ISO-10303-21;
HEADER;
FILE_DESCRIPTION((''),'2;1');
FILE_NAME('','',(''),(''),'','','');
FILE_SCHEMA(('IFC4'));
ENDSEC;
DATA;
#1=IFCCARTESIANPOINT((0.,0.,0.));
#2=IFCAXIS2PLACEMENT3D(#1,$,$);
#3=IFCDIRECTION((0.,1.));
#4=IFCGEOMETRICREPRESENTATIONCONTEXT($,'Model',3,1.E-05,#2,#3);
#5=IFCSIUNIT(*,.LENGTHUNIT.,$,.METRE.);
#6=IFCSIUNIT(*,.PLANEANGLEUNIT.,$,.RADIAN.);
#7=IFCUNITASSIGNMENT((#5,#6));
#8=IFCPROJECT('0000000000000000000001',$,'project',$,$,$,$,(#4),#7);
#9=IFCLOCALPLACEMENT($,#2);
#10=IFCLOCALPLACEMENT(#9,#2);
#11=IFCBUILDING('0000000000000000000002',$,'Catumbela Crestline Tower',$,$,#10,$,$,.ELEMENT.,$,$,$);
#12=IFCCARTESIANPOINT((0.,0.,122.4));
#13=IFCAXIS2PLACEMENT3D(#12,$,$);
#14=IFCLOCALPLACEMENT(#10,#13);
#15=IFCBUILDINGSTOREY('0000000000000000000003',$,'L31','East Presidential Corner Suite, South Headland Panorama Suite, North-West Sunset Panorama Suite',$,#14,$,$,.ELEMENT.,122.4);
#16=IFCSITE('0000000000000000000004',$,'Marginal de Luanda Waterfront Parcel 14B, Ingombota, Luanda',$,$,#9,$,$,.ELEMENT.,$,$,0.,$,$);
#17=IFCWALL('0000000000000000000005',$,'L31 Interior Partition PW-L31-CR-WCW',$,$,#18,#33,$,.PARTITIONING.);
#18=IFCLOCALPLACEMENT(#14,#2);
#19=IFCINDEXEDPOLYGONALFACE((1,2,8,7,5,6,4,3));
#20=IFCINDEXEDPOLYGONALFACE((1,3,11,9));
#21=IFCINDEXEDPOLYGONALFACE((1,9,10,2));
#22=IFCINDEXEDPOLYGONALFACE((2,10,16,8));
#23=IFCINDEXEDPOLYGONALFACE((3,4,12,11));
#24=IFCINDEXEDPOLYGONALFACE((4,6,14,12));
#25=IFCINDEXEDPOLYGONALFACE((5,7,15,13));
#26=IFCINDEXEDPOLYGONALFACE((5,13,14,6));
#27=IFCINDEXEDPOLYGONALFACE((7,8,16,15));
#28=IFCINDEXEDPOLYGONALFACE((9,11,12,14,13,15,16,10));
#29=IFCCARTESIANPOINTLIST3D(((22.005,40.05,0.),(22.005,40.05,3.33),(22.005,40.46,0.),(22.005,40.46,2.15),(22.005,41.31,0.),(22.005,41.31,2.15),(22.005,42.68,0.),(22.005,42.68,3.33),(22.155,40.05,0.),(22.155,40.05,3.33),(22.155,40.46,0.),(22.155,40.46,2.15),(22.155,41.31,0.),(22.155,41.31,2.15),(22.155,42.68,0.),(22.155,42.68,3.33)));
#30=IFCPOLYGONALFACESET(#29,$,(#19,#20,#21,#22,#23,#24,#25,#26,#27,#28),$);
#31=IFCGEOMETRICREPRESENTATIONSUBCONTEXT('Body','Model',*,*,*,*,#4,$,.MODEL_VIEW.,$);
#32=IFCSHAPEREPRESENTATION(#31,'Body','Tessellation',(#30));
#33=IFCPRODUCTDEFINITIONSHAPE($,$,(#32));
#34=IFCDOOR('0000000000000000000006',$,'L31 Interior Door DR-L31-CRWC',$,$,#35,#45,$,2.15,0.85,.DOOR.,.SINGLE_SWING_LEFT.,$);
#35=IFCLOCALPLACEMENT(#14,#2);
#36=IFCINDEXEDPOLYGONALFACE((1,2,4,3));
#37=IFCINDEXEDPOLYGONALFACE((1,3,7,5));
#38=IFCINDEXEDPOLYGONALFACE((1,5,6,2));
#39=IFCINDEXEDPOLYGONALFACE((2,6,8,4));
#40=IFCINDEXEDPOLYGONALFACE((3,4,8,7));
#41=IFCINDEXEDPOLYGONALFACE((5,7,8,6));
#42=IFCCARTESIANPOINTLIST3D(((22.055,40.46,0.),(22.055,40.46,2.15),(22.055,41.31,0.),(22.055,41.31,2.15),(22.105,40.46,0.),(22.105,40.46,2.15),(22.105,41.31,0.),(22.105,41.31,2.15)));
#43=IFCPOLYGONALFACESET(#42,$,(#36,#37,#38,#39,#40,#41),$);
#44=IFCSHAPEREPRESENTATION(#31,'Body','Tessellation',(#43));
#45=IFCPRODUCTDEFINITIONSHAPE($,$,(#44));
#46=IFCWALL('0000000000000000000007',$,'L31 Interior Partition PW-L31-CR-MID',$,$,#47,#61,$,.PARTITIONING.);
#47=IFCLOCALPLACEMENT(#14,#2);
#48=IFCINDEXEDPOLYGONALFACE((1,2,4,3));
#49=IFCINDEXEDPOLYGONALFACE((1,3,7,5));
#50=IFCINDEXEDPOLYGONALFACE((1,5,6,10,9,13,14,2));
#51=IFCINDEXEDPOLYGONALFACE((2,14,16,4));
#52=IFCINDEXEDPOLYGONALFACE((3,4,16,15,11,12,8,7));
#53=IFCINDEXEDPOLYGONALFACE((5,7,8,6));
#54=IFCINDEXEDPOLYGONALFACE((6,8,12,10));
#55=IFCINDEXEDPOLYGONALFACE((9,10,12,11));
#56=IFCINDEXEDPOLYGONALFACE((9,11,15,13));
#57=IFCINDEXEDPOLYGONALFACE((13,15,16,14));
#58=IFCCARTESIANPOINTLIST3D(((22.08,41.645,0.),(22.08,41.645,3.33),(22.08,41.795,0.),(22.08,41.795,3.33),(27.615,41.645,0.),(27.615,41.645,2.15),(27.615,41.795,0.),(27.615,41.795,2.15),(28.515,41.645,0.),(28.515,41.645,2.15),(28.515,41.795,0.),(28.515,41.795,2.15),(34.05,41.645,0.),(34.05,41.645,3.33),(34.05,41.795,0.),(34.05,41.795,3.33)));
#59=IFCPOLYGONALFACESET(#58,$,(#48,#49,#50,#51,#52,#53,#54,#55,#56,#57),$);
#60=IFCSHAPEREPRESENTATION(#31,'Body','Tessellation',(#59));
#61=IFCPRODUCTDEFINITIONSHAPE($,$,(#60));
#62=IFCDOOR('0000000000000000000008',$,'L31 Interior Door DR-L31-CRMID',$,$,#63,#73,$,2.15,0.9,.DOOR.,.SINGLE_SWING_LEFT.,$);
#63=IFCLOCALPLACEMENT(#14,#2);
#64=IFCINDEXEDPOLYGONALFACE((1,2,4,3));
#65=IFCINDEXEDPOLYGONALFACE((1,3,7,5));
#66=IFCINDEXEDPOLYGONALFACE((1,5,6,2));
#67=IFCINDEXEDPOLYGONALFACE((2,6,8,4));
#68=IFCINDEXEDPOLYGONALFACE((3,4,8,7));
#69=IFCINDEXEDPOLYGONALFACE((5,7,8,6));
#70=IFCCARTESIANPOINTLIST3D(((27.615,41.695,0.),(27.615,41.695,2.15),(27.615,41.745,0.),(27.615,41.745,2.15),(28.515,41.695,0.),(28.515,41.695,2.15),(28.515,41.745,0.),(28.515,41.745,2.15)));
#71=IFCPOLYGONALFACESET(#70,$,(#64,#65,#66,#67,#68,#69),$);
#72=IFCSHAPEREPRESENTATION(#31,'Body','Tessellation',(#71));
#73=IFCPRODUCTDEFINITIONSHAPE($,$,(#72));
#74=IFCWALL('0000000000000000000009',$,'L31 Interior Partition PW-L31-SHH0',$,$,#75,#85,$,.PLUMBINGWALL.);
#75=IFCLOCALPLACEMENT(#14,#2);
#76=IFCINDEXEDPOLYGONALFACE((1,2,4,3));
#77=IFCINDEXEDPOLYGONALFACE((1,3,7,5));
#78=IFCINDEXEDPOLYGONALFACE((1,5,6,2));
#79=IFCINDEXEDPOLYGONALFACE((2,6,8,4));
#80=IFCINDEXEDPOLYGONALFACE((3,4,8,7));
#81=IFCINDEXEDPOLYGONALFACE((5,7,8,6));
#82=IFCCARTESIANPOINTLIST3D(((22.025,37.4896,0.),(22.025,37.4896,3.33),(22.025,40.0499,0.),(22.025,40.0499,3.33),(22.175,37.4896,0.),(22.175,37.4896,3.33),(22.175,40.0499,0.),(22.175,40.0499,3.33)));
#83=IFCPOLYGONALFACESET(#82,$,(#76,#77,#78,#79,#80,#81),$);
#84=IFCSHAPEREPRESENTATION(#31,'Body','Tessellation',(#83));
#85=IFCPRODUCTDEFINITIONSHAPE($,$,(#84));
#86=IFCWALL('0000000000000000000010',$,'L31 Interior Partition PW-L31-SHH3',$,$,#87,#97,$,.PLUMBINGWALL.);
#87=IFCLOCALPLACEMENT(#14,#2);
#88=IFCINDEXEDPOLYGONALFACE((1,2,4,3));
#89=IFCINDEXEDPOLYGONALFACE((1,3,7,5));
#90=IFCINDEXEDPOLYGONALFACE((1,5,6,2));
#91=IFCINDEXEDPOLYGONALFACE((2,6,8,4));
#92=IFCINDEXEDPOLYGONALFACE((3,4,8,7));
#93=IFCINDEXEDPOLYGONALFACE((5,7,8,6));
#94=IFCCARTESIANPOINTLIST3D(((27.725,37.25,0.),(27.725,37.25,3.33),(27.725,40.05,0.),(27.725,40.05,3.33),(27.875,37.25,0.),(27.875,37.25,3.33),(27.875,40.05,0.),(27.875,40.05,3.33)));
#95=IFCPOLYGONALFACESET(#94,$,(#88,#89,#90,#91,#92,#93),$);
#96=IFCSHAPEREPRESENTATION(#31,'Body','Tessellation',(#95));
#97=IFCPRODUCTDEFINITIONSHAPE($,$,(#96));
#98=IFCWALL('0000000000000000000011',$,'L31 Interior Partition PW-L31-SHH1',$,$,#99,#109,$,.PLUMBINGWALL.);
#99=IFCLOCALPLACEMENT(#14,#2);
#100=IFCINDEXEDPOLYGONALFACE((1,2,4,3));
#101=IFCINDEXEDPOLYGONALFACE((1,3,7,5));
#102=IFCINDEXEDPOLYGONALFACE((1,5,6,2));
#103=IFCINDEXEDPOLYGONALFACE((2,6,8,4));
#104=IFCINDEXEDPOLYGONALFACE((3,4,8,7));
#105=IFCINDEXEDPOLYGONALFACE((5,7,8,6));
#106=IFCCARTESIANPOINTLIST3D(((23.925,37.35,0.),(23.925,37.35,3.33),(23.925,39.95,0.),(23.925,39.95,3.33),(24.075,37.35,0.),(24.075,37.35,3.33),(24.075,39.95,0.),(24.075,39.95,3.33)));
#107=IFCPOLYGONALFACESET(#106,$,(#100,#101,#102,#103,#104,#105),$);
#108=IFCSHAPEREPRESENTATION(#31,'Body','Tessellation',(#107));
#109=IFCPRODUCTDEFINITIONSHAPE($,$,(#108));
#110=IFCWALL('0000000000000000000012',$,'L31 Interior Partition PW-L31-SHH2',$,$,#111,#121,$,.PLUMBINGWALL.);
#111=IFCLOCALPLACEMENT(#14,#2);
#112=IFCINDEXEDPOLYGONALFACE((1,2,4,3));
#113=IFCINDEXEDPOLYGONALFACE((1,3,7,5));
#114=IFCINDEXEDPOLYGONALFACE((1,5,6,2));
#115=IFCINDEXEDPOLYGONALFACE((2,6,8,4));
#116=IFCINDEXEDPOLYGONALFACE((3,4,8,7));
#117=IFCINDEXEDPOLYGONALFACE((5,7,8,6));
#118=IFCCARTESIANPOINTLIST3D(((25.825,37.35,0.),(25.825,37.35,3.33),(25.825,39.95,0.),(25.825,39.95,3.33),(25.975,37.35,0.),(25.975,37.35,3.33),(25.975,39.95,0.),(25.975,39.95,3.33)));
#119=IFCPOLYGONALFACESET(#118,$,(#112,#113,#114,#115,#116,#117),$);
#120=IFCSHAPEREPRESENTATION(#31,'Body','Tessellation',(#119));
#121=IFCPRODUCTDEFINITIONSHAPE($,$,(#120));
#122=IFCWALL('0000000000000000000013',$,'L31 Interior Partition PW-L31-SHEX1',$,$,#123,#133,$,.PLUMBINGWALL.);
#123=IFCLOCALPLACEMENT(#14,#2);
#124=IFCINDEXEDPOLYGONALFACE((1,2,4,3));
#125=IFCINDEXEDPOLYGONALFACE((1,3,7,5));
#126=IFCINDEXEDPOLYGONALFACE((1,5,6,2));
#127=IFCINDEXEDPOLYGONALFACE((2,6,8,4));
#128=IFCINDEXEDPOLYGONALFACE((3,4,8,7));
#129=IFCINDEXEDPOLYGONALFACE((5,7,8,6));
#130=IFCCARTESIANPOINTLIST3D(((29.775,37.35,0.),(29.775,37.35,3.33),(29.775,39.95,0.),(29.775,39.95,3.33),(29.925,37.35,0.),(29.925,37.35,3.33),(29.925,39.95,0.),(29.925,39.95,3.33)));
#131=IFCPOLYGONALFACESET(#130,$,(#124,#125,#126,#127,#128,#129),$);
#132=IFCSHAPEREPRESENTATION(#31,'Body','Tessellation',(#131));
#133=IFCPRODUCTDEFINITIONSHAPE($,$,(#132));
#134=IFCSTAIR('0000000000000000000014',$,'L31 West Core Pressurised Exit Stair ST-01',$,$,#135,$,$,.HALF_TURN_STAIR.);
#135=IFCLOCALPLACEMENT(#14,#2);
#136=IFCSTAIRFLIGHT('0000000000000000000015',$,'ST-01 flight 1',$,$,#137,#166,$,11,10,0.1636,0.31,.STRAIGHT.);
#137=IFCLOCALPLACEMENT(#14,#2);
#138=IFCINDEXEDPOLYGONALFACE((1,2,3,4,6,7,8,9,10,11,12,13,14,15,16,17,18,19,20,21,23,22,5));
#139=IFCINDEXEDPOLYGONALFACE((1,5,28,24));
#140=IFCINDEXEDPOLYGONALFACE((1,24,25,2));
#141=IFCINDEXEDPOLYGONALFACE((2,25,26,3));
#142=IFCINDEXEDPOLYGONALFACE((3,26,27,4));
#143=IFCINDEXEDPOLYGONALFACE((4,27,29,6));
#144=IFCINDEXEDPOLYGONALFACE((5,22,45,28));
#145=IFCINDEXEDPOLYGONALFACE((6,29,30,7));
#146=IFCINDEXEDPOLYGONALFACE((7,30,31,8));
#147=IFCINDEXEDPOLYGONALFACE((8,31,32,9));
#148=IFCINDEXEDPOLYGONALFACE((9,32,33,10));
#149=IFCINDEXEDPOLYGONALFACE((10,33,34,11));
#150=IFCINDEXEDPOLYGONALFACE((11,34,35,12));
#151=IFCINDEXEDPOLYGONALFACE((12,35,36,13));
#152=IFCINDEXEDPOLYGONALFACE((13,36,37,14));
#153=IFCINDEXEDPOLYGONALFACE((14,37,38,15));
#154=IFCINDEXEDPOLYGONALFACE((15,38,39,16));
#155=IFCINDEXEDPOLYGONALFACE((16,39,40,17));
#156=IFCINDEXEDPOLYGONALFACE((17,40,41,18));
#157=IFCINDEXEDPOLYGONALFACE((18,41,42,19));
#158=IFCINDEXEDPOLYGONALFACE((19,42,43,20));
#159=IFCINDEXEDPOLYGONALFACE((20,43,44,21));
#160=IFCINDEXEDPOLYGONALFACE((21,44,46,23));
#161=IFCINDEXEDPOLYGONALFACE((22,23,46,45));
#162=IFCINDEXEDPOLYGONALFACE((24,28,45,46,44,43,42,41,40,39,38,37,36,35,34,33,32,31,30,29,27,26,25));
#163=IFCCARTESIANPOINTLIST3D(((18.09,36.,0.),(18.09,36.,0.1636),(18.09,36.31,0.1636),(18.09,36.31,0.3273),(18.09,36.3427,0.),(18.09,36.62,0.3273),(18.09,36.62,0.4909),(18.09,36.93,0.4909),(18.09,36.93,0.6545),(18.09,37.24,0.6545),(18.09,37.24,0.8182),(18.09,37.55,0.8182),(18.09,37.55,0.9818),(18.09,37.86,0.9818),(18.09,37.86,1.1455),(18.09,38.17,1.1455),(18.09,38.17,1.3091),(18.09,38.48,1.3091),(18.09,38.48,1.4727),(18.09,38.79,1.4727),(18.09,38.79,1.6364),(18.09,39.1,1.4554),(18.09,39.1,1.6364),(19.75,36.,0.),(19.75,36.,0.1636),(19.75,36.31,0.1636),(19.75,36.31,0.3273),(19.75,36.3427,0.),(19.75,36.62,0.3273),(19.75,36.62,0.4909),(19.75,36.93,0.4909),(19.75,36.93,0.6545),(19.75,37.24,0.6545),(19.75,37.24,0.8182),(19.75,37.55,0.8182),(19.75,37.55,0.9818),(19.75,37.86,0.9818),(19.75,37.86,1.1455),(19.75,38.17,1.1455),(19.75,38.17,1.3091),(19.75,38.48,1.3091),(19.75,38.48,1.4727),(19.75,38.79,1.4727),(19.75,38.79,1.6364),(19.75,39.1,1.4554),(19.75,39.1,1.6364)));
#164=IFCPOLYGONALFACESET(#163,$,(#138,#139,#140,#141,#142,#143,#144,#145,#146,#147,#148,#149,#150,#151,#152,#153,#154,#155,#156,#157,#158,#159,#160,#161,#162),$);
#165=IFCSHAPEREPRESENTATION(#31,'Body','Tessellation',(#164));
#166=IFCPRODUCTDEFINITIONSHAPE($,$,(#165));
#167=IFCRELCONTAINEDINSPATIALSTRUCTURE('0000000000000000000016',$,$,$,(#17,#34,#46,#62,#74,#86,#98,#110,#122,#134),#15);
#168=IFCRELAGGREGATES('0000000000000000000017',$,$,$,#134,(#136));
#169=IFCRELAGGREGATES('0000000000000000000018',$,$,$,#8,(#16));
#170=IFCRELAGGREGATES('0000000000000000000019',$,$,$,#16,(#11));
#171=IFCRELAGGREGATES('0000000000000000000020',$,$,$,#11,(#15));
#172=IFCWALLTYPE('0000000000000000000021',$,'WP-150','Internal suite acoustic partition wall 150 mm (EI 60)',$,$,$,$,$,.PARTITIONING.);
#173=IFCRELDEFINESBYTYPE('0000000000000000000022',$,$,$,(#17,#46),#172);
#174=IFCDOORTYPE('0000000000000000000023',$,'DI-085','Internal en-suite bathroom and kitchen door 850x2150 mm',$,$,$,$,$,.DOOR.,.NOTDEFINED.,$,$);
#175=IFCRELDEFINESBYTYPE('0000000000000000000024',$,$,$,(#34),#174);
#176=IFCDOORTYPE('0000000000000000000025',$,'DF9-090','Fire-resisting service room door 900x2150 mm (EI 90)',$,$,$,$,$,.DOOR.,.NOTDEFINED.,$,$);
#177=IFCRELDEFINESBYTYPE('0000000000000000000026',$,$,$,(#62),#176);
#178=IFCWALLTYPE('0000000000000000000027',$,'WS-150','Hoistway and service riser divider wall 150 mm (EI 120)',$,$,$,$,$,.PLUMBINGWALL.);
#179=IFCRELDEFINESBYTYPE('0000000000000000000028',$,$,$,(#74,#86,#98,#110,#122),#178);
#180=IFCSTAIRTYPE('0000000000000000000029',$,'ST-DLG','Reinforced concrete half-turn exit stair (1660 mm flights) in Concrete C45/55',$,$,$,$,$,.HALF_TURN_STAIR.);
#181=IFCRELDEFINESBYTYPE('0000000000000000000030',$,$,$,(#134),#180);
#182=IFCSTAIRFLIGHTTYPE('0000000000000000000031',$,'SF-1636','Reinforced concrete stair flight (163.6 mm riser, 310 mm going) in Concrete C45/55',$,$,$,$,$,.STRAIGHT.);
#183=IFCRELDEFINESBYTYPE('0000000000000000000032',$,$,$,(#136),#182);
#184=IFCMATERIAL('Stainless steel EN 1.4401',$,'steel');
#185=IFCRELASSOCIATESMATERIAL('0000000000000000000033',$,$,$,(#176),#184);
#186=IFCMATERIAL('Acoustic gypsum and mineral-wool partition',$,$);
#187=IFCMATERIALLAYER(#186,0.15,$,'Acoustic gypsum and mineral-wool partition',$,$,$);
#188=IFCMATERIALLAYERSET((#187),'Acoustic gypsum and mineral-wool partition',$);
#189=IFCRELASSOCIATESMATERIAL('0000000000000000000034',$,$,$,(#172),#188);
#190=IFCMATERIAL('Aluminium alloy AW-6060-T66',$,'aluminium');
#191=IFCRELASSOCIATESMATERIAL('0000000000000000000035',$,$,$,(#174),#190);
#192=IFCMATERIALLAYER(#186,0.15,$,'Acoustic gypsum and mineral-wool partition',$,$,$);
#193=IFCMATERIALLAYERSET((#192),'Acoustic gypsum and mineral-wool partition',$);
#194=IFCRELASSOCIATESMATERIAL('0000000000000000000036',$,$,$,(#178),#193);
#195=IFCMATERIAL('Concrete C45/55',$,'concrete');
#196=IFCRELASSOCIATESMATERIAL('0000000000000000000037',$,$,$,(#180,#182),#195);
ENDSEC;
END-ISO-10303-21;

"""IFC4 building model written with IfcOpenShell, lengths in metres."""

from ifc_helpers import new_model, si_unit, direction, frame, frame_2d, origin, place, context, subcontext, project, spatial, polyline, rectangle, outline, extrude, material, layer, layer_set, type_object, element, fill, aggregate, save


model = new_model("IFC4")

# Units and contexts
model_context = context("Model", 3, precision=1e-05, world=origin(), true_north=direction((0.0, 1.0)))
body_context = subcontext(model_context, "Body", "Model", "MODEL_VIEW")
ifc_project = project(units=[si_unit("LENGTHUNIT", "METRE"), si_unit("PLANEANGLEUNIT", "RADIAN")], contexts=[model_context])

# Site, building, storey
site_placement = place(None, origin())
site = spatial("IfcSite", under=ifc_project, at=site_placement, Name="Marginal de Luanda Waterfront Parcel 14B, Ingombota, Luanda", CompositionType="ELEMENT", RefElevation=0.0)
building_placement = place(site_placement, origin())
building = spatial("IfcBuilding", under=site, at=building_placement, Name="Catumbela Crestline Tower", CompositionType="ELEMENT")
storey_placement = place(building_placement, frame((0.0, 0.0, 122.4)))
storey = spatial("IfcBuildingStorey", under=building, at=storey_placement, Name="L31", Description="East Presidential Corner Suite, South Headland Panorama Suite, North-West Sunset Panorama Suite", CompositionType="ELEMENT", Elevation=122.4)

# Shared definitions
ifc_material_1 = material(Name="Aluminium alloy AW-6060-T66", Category="aluminium")

# Shared definitions
ifc_material_2 = material(Name="Stainless steel EN 1.4401", Category="steel")

# Shared definitions
door_type_1 = type_object("IfcDoorType", Name="DF9-090", Description="Fire-resisting service room door 900x2150 mm (EI 90)", OperationType="NOTDEFINED", PredefinedType="DOOR", material=ifc_material_2)

# Walls, openings, doors
ifc_material_3 = material(Name="Acoustic gypsum and mineral-wool partition")
ifc_layer_1 = layer(ifc_material_3, 0.15, Name="Acoustic gypsum and mineral-wool partition")
ifc_layer_set_1 = layer_set([ifc_layer_1], Name="Acoustic gypsum and mineral-wool partition")
wall_type_1 = type_object("IfcWallType", Name="WP-150", Description="Internal suite acoustic partition wall 150 mm (EI 60)", PredefinedType="PARTITIONING", material=ifc_layer_set_1)
wall_1_placement = place(storey_placement, frame((22.08, 40.05, 0.0), z_axis=(0.0, 0.0, 1.0), x_axis=(0.0, 1.0, 0.0)))
wall_1 = element("IfcWall", 1, at=wall_1_placement, inside=storey, type_object=wall_type_1, Name="L31 Interior Partition PW-L31-CR-WCW", PredefinedType="PARTITIONING", context=body_context, shape_type="SweptSolid", body=[
    extrude(rectangle(XDim=2.63, YDim=0.15, at=frame_2d((1.315, 0.0))), origin(), (0.0, 0.0, 1.0), 3.33),
])
opening_1_placement = place(wall_1_placement, frame((0.41, 0.0, 0.0)))
opening_1 = element("IfcOpeningElement", 2, at=opening_1_placement, cuts=wall_1, PredefinedType="OPENING", context=body_context, shape_type="SweptSolid", body=[
    extrude(rectangle(XDim=0.85, YDim=2.15, at=frame_2d((0.425, 1.075))), frame((0.0, 0.085, 0.0), z_axis=(0.0, -1.0, 0.0), x_axis=(1.0, 0.0, 0.0)), (0.0, 0.0, 1.0), 0.17),
])
door_type_2 = type_object("IfcDoorType", Name="DI-085", Description="Internal en-suite bathroom and kitchen door 850x2150 mm", OperationType="NOTDEFINED", PredefinedType="DOOR", material=ifc_material_1)
door_1_placement = place(opening_1_placement, origin())
door_1 = element("IfcDoor", 3, at=door_1_placement, inside=storey, type_object=door_type_2, Name="L31 Interior Door DR-L31-CRWC", OperationType="SINGLE_SWING_LEFT", OverallHeight=2.15, OverallWidth=0.85, PredefinedType="DOOR", context=body_context, shape_type="SweptSolid", body=[
    extrude(rectangle(XDim=0.85, YDim=2.15, at=frame_2d((0.425, 1.075))), frame((0.0, 0.025, 0.0), z_axis=(0.0, -1.0, 0.0), x_axis=(1.0, 0.0, 0.0)), (0.0, 0.0, 1.0), 0.05),
])
fill(opening_1, door_1)
wall_2_placement = place(storey_placement, frame((22.08, 41.72, 0.0), z_axis=(0.0, 0.0, 1.0), x_axis=(1.0, 0.0, 0.0)))
wall_2 = element("IfcWall", 4, at=wall_2_placement, inside=storey, type_object=wall_type_1, Name="L31 Interior Partition PW-L31-CR-MID", PredefinedType="PARTITIONING", context=body_context, shape_type="SweptSolid", body=[
    extrude(rectangle(XDim=11.97, YDim=0.15, at=frame_2d((5.985, 0.0))), origin(), (0.0, 0.0, 1.0), 3.33),
])
opening_2_placement = place(wall_2_placement, frame((5.535, 0.0, 0.0)))
opening_2 = element("IfcOpeningElement", 5, at=opening_2_placement, cuts=wall_2, PredefinedType="OPENING", context=body_context, shape_type="SweptSolid", body=[
    extrude(rectangle(XDim=0.9, YDim=2.15, at=frame_2d((0.45, 1.075))), frame((0.0, 0.085, 0.0), z_axis=(0.0, -1.0, 0.0), x_axis=(1.0, 0.0, 0.0)), (0.0, 0.0, 1.0), 0.17),
])
door_2_placement = place(opening_2_placement, origin())
door_2 = element("IfcDoor", 6, at=door_2_placement, inside=storey, type_object=door_type_1, Name="L31 Interior Door DR-L31-CRMID", OperationType="SINGLE_SWING_LEFT", OverallHeight=2.15, OverallWidth=0.9, PredefinedType="DOOR", context=body_context, shape_type="SweptSolid", body=[
    extrude(rectangle(XDim=0.9, YDim=2.15, at=frame_2d((0.45, 1.075))), frame((0.0, 0.025, 0.0), z_axis=(0.0, -1.0, 0.0), x_axis=(1.0, 0.0, 0.0)), (0.0, 0.0, 1.0), 0.05),
])
fill(opening_2, door_2)

# Walls
ifc_layer_2 = layer(ifc_material_3, 0.15, Name="Acoustic gypsum and mineral-wool partition")
ifc_layer_set_2 = layer_set([ifc_layer_2], Name="Acoustic gypsum and mineral-wool partition")
wall_type_2 = type_object("IfcWallType", Name="WS-150", Description="Hoistway and service riser divider wall 150 mm (EI 120)", PredefinedType="PLUMBINGWALL", material=ifc_layer_set_2)
wall_3_placement = place(storey_placement, frame((22.1, 37.4897, 0.0), z_axis=(0.0, 0.0, 1.0), x_axis=(0.0, 1.0, 0.0)))
element("IfcWall", 7, at=wall_3_placement, inside=storey, type_object=wall_type_2, Name="L31 Interior Partition PW-L31-SHH0", PredefinedType="PLUMBINGWALL", context=body_context, shape_type="SweptSolid", body=[
    extrude(rectangle(XDim=2.5603, YDim=0.15, at=frame_2d((1.2801, 0.0))), origin(), (0.0, 0.0, 1.0), 3.33),
])
wall_4_placement = place(storey_placement, frame((27.8, 37.25, 0.0), z_axis=(0.0, 0.0, 1.0), x_axis=(0.0, 1.0, 0.0)))
element("IfcWall", 8, at=wall_4_placement, inside=storey, type_object=wall_type_2, Name="L31 Interior Partition PW-L31-SHH3", PredefinedType="PLUMBINGWALL", context=body_context, shape_type="SweptSolid", body=[
    extrude(rectangle(XDim=2.8, YDim=0.15, at=frame_2d((1.4, 0.0))), origin(), (0.0, 0.0, 1.0), 3.33),
])
for number, where, z_axis, x_axis, name in (
    (9, (24.0, 37.35, 0.0), (0.0, 0.0, 1.0), (0.0, 1.0, 0.0), "L31 Interior Partition PW-L31-SHH1"),
    (10, (25.9, 37.35, 0.0), (0.0, 0.0, 1.0), (0.0, 1.0, 0.0), "L31 Interior Partition PW-L31-SHH2"),
    (11, (29.85, 37.35, 0.0), (0.0, 0.0, 1.0), (0.0, 1.0, 0.0), "L31 Interior Partition PW-L31-SHEX1"),
):
    element("IfcWall", number, at=place(storey_placement, frame(where, z_axis=z_axis, x_axis=x_axis)), inside=storey, type_object=wall_type_2, Name=name, PredefinedType="PLUMBINGWALL", context=body_context, shape_type="SweptSolid", body=[
        extrude(rectangle(XDim=2.6, YDim=0.15, at=frame_2d((1.3, 0.0))), origin(), (0.0, 0.0, 1.0), 3.33),
    ])

# Stair, stair flight
ifc_material_4 = material(Name="Concrete C45/55", Category="concrete")
stair_type = type_object("IfcStairType", Name="ST-DLG", Description="Reinforced concrete half-turn exit stair (1660 mm flights) in Concrete C45/55", PredefinedType="HALF_TURN_STAIR", material=ifc_material_4)
stair_placement = place(storey_placement, origin())
stair = element("IfcStair", 12, at=stair_placement, inside=storey, type_object=stair_type, Name="L31 West Core Pressurised Exit Stair ST-01", PredefinedType="HALF_TURN_STAIR")
stair_flight_type = type_object("IfcStairFlightType", Name="SF-1636", Description="Reinforced concrete stair flight (163.6 mm riser, 310 mm going) in Concrete C45/55", PredefinedType="STRAIGHT", material=ifc_material_4)
stair_flight_placement = place(storey_placement, frame((18.92, 36.0, 0.0), z_axis=(0.0, 0.0, 1.0), x_axis=(0.0, 1.0, 0.0)))
stair_flight = element("IfcStairFlight", 13, at=stair_flight_placement, type_object=stair_flight_type, Name="ST-01 flight 1", NumberOfRisers=11, NumberOfTreads=10, PredefinedType="STRAIGHT", RiserHeight=0.1636, TreadLength=0.31, context=body_context, shape_type="SweptSolid", body=[
    extrude(outline(polyline([(0.0, 0.0), (0.0, 0.1636), (0.31, 0.1636), (0.31, 0.3273), (0.62, 0.3273), (0.62, 0.4909), (0.93, 0.4909), (0.93, 0.6545), (1.24, 0.6545), (1.24, 0.8182), (1.55, 0.8182), (1.55, 0.9818), (1.86, 0.9818), (1.86, 1.1455), (2.17, 1.1455), (2.17, 1.3091), (2.48, 1.3091), (2.48, 1.4727), (2.79, 1.4727), (2.79, 1.6364), (3.1, 1.6364), (3.1, 1.8), (3.1, 1.4554), (0.3427, 0.0), (0.0, 0.0)])), frame((0.0, 0.83, 0.0), z_axis=(0.0, -1.0, 0.0), x_axis=(1.0, 0.0, 0.0)), (0.0, 0.0, 1.0), 1.66),
])
aggregate(stair, [stair_flight])

save(model, "model.ifc")
